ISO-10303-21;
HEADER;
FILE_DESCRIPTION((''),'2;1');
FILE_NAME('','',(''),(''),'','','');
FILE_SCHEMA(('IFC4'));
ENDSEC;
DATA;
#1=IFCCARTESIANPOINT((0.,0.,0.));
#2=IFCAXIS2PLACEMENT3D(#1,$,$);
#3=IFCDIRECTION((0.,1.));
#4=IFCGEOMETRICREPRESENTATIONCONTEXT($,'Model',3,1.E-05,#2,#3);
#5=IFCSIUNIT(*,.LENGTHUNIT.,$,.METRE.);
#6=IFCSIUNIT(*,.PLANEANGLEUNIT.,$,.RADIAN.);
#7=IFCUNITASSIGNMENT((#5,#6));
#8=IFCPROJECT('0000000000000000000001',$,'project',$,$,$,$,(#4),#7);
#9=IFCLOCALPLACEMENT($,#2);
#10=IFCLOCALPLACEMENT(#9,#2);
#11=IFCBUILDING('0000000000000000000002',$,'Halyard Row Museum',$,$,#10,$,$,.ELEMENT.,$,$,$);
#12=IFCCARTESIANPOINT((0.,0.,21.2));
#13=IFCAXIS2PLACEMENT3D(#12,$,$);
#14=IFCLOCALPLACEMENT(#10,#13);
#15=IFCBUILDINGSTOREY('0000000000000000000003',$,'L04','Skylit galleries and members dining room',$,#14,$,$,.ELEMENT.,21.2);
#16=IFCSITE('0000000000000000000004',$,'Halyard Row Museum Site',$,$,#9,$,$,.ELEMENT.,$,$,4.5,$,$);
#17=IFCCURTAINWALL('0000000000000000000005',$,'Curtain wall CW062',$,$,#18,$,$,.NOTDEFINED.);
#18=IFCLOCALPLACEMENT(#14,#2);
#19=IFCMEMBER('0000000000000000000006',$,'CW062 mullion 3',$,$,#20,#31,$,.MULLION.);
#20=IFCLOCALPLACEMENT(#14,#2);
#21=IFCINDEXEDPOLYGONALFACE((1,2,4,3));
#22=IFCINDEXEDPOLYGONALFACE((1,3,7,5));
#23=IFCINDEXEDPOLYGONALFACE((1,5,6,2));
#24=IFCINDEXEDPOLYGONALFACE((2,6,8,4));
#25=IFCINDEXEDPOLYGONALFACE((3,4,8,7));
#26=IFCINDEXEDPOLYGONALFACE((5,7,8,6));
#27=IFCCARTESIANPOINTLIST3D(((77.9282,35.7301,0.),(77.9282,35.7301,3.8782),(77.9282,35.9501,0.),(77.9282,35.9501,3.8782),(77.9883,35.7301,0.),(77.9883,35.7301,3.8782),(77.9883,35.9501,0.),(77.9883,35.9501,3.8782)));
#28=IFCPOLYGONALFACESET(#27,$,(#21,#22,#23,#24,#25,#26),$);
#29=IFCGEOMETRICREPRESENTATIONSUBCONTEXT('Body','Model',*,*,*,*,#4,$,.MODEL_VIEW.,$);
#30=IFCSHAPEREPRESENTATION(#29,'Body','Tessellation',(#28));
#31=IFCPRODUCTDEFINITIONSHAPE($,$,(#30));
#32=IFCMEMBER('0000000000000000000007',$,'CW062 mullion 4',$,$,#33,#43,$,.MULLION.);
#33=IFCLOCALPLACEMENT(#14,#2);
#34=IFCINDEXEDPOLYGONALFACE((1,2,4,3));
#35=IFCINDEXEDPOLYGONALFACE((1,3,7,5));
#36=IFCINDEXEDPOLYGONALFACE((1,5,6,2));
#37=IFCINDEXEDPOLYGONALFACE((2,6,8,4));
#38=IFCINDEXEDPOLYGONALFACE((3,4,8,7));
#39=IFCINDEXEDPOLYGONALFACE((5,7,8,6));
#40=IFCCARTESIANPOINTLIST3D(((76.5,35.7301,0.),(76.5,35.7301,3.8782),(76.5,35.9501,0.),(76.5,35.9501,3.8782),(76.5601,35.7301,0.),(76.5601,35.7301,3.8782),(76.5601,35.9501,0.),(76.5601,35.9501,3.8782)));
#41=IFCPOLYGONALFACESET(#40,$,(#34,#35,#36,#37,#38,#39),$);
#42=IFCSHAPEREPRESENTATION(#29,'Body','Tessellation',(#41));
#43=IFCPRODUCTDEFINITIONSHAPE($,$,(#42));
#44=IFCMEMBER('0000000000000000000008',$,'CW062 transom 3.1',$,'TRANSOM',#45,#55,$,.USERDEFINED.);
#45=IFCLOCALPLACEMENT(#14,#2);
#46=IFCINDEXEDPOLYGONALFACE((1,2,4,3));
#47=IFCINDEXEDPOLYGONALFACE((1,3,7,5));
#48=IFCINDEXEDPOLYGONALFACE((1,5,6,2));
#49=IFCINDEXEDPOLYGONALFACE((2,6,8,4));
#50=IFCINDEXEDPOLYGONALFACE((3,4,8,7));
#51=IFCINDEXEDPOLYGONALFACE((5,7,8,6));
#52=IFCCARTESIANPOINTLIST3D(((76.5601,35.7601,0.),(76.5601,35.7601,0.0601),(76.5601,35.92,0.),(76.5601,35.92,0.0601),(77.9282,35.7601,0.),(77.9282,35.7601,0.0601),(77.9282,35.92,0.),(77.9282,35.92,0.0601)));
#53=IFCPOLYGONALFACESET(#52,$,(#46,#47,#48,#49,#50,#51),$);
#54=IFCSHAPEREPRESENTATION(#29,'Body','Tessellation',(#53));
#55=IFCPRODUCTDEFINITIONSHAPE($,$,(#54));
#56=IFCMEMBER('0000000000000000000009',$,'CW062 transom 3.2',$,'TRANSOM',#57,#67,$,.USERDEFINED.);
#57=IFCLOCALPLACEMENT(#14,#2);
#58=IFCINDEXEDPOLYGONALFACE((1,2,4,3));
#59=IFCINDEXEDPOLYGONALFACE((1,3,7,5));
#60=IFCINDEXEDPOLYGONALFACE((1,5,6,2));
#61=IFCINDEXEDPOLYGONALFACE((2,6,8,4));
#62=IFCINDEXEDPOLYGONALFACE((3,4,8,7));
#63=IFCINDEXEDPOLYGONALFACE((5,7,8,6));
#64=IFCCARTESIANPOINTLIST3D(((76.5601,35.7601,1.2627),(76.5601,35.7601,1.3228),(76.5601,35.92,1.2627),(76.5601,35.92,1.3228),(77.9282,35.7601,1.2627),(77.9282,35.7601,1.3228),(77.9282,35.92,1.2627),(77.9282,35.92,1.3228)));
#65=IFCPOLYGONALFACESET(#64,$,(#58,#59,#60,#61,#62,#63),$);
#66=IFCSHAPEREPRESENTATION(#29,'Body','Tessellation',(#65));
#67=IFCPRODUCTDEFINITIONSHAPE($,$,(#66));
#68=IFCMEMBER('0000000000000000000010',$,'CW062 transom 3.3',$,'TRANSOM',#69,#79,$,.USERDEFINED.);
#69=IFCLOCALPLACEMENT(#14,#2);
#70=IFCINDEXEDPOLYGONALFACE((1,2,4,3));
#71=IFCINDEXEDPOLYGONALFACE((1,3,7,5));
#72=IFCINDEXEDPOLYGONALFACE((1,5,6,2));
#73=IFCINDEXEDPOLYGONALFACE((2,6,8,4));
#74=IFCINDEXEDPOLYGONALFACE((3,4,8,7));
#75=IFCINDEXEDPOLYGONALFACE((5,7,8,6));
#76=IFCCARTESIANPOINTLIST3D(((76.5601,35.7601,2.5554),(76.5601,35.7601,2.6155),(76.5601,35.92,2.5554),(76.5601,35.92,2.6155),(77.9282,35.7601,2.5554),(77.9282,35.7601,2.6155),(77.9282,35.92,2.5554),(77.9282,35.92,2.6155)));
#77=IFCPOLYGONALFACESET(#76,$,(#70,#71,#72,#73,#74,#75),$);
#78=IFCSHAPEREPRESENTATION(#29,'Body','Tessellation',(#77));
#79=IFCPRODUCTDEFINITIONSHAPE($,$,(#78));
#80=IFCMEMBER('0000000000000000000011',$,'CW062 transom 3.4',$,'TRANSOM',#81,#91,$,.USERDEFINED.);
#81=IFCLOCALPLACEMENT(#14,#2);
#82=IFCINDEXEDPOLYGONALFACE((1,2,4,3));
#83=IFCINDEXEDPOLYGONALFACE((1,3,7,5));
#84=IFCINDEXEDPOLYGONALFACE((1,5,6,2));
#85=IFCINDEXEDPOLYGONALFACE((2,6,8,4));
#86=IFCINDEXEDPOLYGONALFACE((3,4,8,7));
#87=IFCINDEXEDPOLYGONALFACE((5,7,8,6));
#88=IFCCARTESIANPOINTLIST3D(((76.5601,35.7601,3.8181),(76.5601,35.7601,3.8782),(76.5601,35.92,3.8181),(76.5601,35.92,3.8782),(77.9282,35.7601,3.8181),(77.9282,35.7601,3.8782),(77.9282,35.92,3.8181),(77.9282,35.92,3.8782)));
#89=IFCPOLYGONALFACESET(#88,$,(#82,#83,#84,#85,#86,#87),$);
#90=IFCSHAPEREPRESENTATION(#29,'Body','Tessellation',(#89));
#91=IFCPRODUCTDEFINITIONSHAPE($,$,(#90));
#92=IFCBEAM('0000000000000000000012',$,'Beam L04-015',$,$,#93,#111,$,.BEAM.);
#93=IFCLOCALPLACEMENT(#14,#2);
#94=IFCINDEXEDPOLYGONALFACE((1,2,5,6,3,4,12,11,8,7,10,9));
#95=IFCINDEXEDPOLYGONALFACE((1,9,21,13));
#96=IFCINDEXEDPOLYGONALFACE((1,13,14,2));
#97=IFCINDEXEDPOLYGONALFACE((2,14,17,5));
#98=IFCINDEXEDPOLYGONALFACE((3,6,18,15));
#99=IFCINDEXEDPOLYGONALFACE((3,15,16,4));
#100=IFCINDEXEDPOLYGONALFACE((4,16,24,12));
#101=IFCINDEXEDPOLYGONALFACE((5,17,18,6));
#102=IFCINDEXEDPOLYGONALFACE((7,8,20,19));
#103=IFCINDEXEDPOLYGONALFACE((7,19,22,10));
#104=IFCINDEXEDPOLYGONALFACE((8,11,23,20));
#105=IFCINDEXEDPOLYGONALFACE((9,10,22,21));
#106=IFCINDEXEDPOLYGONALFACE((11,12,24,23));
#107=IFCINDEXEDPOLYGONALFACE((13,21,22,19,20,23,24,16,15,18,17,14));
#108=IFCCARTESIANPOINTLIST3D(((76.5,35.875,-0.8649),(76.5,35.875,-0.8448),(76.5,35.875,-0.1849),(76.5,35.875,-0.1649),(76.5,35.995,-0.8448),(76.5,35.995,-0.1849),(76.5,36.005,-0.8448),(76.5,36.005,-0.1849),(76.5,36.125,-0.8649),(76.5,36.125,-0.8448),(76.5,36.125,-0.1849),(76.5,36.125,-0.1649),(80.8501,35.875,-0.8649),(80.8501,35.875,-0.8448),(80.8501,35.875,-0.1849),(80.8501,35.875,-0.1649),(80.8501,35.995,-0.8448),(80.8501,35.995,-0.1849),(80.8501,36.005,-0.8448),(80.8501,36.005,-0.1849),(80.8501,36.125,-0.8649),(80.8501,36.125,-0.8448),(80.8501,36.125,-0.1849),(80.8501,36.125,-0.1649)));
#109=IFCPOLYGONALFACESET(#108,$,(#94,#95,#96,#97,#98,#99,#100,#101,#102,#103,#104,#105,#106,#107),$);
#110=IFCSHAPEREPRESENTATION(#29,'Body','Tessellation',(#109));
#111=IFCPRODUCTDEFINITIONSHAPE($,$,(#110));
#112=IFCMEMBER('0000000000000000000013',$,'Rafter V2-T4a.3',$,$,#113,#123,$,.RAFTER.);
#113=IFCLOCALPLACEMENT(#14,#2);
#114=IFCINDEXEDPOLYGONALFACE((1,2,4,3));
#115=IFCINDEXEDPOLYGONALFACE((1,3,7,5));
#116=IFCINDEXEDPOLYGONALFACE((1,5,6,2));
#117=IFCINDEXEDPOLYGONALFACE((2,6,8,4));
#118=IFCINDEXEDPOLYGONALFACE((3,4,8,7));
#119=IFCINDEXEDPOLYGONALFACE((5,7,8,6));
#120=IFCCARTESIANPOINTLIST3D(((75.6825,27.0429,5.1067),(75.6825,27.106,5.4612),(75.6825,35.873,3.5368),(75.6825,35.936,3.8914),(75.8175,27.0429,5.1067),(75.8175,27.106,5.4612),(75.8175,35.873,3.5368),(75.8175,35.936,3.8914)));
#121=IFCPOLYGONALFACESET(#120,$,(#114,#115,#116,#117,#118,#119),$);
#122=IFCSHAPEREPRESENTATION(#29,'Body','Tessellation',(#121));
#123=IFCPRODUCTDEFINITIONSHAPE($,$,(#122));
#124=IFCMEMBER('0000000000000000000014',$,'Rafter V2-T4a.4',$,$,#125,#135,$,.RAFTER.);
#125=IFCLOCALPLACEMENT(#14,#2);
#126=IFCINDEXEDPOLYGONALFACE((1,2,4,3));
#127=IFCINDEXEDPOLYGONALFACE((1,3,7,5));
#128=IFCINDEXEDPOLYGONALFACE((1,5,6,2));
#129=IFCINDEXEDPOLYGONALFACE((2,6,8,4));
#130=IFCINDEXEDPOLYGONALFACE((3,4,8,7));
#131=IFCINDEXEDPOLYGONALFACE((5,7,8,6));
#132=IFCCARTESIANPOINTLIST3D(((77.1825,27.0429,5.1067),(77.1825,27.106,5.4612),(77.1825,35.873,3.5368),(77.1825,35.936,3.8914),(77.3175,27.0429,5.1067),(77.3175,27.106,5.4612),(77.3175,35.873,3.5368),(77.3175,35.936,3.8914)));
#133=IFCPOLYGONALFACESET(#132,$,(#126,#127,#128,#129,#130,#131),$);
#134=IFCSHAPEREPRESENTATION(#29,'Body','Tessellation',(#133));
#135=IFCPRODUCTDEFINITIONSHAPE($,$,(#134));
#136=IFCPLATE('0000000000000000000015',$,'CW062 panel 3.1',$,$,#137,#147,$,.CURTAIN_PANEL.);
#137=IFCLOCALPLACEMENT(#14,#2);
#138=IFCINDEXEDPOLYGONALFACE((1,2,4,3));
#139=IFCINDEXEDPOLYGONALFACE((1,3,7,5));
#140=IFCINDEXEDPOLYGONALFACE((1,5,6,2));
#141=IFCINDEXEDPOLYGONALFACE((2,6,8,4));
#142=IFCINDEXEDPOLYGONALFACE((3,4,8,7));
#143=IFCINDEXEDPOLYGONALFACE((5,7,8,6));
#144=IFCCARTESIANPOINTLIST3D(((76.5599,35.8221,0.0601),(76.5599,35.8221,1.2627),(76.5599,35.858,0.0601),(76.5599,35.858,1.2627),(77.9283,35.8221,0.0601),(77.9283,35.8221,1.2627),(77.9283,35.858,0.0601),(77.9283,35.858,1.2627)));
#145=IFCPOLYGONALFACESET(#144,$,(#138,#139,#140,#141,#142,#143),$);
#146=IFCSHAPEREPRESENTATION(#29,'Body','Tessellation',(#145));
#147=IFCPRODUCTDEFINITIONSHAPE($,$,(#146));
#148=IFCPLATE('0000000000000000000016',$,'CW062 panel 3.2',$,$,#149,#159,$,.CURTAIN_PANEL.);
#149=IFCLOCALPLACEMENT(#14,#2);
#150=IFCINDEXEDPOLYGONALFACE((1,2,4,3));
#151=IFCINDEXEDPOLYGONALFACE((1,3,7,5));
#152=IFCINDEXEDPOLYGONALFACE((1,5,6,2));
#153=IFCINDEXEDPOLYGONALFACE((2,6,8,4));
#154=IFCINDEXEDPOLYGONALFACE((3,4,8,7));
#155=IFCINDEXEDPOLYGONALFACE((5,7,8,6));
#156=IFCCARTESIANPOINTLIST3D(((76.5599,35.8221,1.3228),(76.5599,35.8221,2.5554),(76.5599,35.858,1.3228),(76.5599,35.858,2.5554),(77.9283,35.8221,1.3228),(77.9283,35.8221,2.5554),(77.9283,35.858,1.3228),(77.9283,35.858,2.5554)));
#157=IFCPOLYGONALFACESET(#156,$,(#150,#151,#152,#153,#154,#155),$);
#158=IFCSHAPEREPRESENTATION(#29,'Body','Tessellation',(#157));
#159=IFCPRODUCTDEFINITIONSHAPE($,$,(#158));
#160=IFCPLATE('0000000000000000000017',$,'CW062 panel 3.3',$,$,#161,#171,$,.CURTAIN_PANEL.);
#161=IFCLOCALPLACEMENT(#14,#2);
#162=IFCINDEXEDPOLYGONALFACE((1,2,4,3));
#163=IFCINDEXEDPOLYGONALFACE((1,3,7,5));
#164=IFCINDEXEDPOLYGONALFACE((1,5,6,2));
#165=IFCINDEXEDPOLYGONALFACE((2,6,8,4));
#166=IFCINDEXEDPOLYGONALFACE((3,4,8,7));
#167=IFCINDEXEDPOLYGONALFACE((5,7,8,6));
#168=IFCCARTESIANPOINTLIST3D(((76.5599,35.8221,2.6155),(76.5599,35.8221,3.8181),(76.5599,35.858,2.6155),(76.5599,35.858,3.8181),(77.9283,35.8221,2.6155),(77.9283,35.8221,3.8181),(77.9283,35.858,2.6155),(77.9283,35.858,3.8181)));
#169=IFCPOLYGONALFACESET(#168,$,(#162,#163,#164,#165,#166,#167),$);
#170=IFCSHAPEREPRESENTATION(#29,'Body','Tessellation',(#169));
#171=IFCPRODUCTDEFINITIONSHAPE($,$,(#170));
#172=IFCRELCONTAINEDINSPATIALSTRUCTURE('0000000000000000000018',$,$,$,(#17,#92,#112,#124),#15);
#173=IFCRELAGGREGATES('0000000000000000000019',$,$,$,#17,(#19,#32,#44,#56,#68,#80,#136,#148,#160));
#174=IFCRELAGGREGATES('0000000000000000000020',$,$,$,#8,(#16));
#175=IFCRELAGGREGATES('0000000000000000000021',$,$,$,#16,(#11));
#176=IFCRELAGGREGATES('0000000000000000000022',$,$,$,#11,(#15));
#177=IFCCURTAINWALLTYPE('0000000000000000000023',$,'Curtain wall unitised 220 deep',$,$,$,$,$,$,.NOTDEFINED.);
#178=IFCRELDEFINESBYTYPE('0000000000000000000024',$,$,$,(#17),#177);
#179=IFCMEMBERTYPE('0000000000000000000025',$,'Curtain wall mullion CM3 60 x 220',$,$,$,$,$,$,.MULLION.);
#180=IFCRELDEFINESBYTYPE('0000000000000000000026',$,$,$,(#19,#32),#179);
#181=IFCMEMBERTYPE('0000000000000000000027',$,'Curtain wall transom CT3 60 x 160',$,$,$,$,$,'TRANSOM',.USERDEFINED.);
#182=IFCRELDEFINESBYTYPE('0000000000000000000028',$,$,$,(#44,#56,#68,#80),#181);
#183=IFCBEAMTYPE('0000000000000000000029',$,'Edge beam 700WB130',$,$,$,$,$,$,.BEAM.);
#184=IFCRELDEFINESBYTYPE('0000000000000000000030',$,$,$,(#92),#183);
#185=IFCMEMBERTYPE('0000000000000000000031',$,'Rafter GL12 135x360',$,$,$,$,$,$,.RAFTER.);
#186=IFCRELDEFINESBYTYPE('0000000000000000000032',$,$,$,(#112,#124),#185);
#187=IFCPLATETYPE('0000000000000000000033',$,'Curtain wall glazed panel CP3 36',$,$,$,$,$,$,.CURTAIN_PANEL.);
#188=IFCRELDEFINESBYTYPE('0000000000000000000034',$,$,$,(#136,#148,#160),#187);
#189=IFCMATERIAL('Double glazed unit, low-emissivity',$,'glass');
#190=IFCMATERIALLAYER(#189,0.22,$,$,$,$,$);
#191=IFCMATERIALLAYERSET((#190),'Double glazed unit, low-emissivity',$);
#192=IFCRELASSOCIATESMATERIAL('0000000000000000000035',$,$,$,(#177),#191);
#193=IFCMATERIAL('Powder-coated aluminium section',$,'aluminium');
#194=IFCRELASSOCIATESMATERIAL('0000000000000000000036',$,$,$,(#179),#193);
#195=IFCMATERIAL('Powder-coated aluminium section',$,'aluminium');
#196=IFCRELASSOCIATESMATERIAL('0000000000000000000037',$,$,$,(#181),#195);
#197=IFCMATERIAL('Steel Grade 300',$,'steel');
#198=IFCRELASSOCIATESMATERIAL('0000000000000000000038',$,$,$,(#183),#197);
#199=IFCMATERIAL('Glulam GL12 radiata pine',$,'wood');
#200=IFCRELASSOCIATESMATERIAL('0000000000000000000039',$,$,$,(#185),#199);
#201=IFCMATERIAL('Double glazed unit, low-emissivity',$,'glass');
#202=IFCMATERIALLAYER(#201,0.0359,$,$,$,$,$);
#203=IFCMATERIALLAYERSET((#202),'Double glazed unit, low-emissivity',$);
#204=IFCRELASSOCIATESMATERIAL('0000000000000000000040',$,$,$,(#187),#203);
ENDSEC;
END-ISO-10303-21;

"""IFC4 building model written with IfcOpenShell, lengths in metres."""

from ifc_helpers import new_model, si_unit, direction, frame, origin, origin_2d, place, context, subcontext, project, spatial, rectangle, i_section, extrude, material, layer, layer_set, material_profile, profile_set, type_object, element, aggregate, save


model = new_model("IFC4")

# Units and contexts
model_context = context("Model", 3, precision=1e-05, world=origin(), true_north=direction((0.0, 1.0)))
body_context = subcontext(model_context, "Body", "Model", "MODEL_VIEW")
ifc_project = project(units=[si_unit("LENGTHUNIT", "METRE"), si_unit("PLANEANGLEUNIT", "RADIAN")], contexts=[model_context])

# Site, building, storey
site_placement = place(None, origin())
site = spatial("IfcSite", under=ifc_project, at=site_placement, Name="Halyard Row Museum Site", CompositionType="ELEMENT", RefElevation=4.5)
building_placement = place(site_placement, origin())
building = spatial("IfcBuilding", under=site, at=building_placement, Name="Halyard Row Museum", CompositionType="ELEMENT")
storey_placement = place(building_placement, frame((0.0, 0.0, 21.2)))
storey = spatial("IfcBuildingStorey", under=building, at=storey_placement, Name="L04", Description="Skylit galleries and members dining room", CompositionType="ELEMENT", Elevation=21.2)

# Curtain wall, members
ifc_material_1 = material(Name="Double glazed unit, low-emissivity", Category="glass")
ifc_layer_1 = layer(ifc_material_1, 0.22)
ifc_layer_set_1 = layer_set([ifc_layer_1], Name="Double glazed unit, low-emissivity")
curtain_wall_type = type_object("IfcCurtainWallType", Name="Curtain wall unitised 220 deep", PredefinedType="NOTDEFINED", material=ifc_layer_set_1)
curtain_wall_placement = place(storey_placement, origin())
curtain_wall = element("IfcCurtainWall", 1, at=curtain_wall_placement, inside=storey, type_object=curtain_wall_type, Name="Curtain wall CW062", PredefinedType="NOTDEFINED")
ifc_material_2 = material(Name="Powder-coated aluminium section", Category="aluminium")
ifc_material_profile_1 = material_profile(ifc_material_2, rectangle(XDim=0.22, YDim=0.0601, at=origin_2d()), Name="220x60 mullion")
ifc_profile_set_1 = profile_set([ifc_material_profile_1], Name="Powder-coated aluminium section")
member_type_1 = type_object("IfcMemberType", Name="Curtain wall mullion CM3 60 x 220", PredefinedType="MULLION", material=ifc_profile_set_1)
member_1_placement = place(storey_placement, frame((77.9583, 35.8401, 0.0), z_axis=(0.0, 0.0, 1.0), x_axis=(0.0, -1.0, 0.0)))
member_1 = element("IfcMember", 2, at=member_1_placement, type_object=member_type_1, Name="CW062 mullion 3", PredefinedType="MULLION", context=body_context, shape_type="SweptSolid", body=[
    extrude(rectangle(XDim=0.22, YDim=0.0601, at=origin_2d()), origin(), (0.0, 0.0, 1.0), 3.8782),
])
member_2_placement = place(storey_placement, frame((76.53, 35.8401, 0.0), z_axis=(0.0, 0.0, 1.0), x_axis=(0.0, -1.0, 0.0)))
member_2 = element("IfcMember", 3, at=member_2_placement, type_object=member_type_1, Name="CW062 mullion 4", PredefinedType="MULLION", context=body_context, shape_type="SweptSolid", body=[
    extrude(rectangle(XDim=0.22, YDim=0.0601, at=origin_2d()), origin(), (0.0, 0.0, 1.0), 3.8782),
])
ifc_material_3 = material(Name="Powder-coated aluminium section", Category="aluminium")
ifc_material_profile_2 = material_profile(ifc_material_3, rectangle(XDim=0.1599, YDim=0.0601, at=origin_2d()), Name="160x60 transom")
ifc_profile_set_2 = profile_set([ifc_material_profile_2], Name="Powder-coated aluminium section")
member_type_2 = type_object("IfcMemberType", Name="Curtain wall transom CT3 60 x 160", ElementType="TRANSOM", PredefinedType="USERDEFINED", material=ifc_profile_set_2)
member_3_placement = place(storey_placement, frame((77.9282, 35.8401, 0.03), z_axis=(-1.0, 0.0, 0.0), x_axis=(0.0, -1.0, 0.0)))
member_3 = element("IfcMember", 4, at=member_3_placement, type_object=member_type_2, Name="CW062 transom 3.1", ObjectType="TRANSOM", PredefinedType="USERDEFINED", context=body_context, shape_type="SweptSolid", body=[
    extrude(rectangle(XDim=0.1599, YDim=0.0601, at=origin_2d()), origin(), (0.0, 0.0, 1.0), 1.3682),
])
member_4_placement = place(storey_placement, frame((77.9282, 35.8401, 1.2927), z_axis=(-1.0, 0.0, 0.0), x_axis=(0.0, -1.0, 0.0)))
member_4 = element("IfcMember", 5, at=member_4_placement, type_object=member_type_2, Name="CW062 transom 3.2", ObjectType="TRANSOM", PredefinedType="USERDEFINED", context=body_context, shape_type="SweptSolid", body=[
    extrude(rectangle(XDim=0.1599, YDim=0.0601, at=origin_2d()), origin(), (0.0, 0.0, 1.0), 1.3682),
])
member_5_placement = place(storey_placement, frame((77.9282, 35.8401, 2.5854), z_axis=(-1.0, 0.0, 0.0), x_axis=(0.0, -1.0, 0.0)))
member_5 = element("IfcMember", 6, at=member_5_placement, type_object=member_type_2, Name="CW062 transom 3.3", ObjectType="TRANSOM", PredefinedType="USERDEFINED", context=body_context, shape_type="SweptSolid", body=[
    extrude(rectangle(XDim=0.1599, YDim=0.0601, at=origin_2d()), origin(), (0.0, 0.0, 1.0), 1.3682),
])
member_6_placement = place(storey_placement, frame((77.9282, 35.8401, 3.8481), z_axis=(-1.0, 0.0, 0.0), x_axis=(0.0, -1.0, 0.0)))
member_6 = element("IfcMember", 7, at=member_6_placement, type_object=member_type_2, Name="CW062 transom 3.4", ObjectType="TRANSOM", PredefinedType="USERDEFINED", context=body_context, shape_type="SweptSolid", body=[
    extrude(rectangle(XDim=0.1599, YDim=0.0601, at=origin_2d()), origin(), (0.0, 0.0, 1.0), 1.3682),
])

# Beam
ifc_material_4 = material(Name="Steel Grade 300", Category="steel")
ifc_material_profile_3 = material_profile(ifc_material_4, i_section(OverallWidth=0.25, OverallDepth=0.7, WebThickness=0.01, FlangeThickness=0.02, at=origin_2d()), Name="700WB130")
ifc_profile_set_3 = profile_set([ifc_material_profile_3], Name="Steel Grade 300")
beam_type = type_object("IfcBeamType", Name="Edge beam 700WB130", PredefinedType="BEAM", material=ifc_profile_set_3)
beam_placement = place(storey_placement, frame((76.5, 36.0, -0.5149), z_axis=(1.0, 0.0, 0.0), x_axis=(0.0, 1.0, 0.0)))
element("IfcBeam", 8, at=beam_placement, inside=storey, type_object=beam_type, Name="Beam L04-015", PredefinedType="BEAM", context=body_context, shape_type="SweptSolid", body=[
    extrude(i_section(OverallWidth=0.25, OverallDepth=0.7, WebThickness=0.01, FlangeThickness=0.02, at=origin_2d()), origin(), (0.0, 0.0, 1.0), 4.3501),
])

# Members
ifc_material_5 = material(Name="Glulam GL12 radiata pine", Category="wood")
ifc_material_profile_4 = material_profile(ifc_material_5, rectangle(XDim=0.135, YDim=0.3601, at=origin_2d()), Name="GL12 135x360")
ifc_profile_set_4 = profile_set([ifc_material_profile_4], Name="Glulam GL12 radiata pine")
member_type_3 = type_object("IfcMemberType", Name="Rafter GL12 135x360", PredefinedType="RAFTER", material=ifc_profile_set_4)
for number, where, z_axis, x_axis, name in (
    (9, (75.75, 27.0745, 5.2839), (0.0, 0.984562, -0.175037), (-1.0, 0.0, 0.0), "Rafter V2-T4a.3"),
    (10, (77.25, 27.0745, 5.2839), (0.0, 0.984562, -0.175037), (-1.0, 0.0, 0.0), "Rafter V2-T4a.4"),
):
    element("IfcMember", number, at=place(storey_placement, frame(where, z_axis=z_axis, x_axis=x_axis)), inside=storey, type_object=member_type_3, Name=name, PredefinedType="RAFTER", context=body_context, shape_type="SweptSolid", body=[
        extrude(rectangle(XDim=0.135, YDim=0.3601, at=origin_2d()), origin(), (0.0, 0.0, 1.0), 8.9685),
    ])

# Plates
ifc_material_6 = material(Name="Double glazed unit, low-emissivity", Category="glass")
ifc_layer_2 = layer(ifc_material_6, 0.0359)
ifc_layer_set_2 = layer_set([ifc_layer_2], Name="Double glazed unit, low-emissivity")
plate_type = type_object("IfcPlateType", Name="Curtain wall glazed panel CP3 36", PredefinedType="CURTAIN_PANEL", material=ifc_layer_set_2)
plate_1_placement = place(storey_placement, frame((77.2441, 35.8401, 0.0601), z_axis=(0.0, 0.0, 1.0), x_axis=(-1.0, 0.0, 0.0)))
plate_1 = element("IfcPlate", 11, at=plate_1_placement, type_object=plate_type, Name="CW062 panel 3.1", PredefinedType="CURTAIN_PANEL", context=body_context, shape_type="SweptSolid", body=[
    extrude(rectangle(XDim=1.3684, YDim=0.0359, at=origin_2d()), origin(), (0.0, 0.0, 1.0), 1.2026),
])
plate_2_placement = place(storey_placement, frame((77.2441, 35.8401, 1.3228), z_axis=(0.0, 0.0, 1.0), x_axis=(-1.0, 0.0, 0.0)))
plate_2 = element("IfcPlate", 12, at=plate_2_placement, type_object=plate_type, Name="CW062 panel 3.2", PredefinedType="CURTAIN_PANEL", context=body_context, shape_type="SweptSolid", body=[
    extrude(rectangle(XDim=1.3684, YDim=0.0359, at=origin_2d()), origin(), (0.0, 0.0, 1.0), 1.2327),
])
plate_3_placement = place(storey_placement, frame((77.2441, 35.8401, 2.6155), z_axis=(0.0, 0.0, 1.0), x_axis=(-1.0, 0.0, 0.0)))
plate_3 = element("IfcPlate", 13, at=plate_3_placement, type_object=plate_type, Name="CW062 panel 3.3", PredefinedType="CURTAIN_PANEL", context=body_context, shape_type="SweptSolid", body=[
    extrude(rectangle(XDim=1.3684, YDim=0.0359, at=origin_2d()), origin(), (0.0, 0.0, 1.0), 1.2026),
])
aggregate(curtain_wall, [member_1, member_2, member_3, member_4, member_5, member_6, plate_1, plate_2, plate_3])

save(model, "model.ifc")
